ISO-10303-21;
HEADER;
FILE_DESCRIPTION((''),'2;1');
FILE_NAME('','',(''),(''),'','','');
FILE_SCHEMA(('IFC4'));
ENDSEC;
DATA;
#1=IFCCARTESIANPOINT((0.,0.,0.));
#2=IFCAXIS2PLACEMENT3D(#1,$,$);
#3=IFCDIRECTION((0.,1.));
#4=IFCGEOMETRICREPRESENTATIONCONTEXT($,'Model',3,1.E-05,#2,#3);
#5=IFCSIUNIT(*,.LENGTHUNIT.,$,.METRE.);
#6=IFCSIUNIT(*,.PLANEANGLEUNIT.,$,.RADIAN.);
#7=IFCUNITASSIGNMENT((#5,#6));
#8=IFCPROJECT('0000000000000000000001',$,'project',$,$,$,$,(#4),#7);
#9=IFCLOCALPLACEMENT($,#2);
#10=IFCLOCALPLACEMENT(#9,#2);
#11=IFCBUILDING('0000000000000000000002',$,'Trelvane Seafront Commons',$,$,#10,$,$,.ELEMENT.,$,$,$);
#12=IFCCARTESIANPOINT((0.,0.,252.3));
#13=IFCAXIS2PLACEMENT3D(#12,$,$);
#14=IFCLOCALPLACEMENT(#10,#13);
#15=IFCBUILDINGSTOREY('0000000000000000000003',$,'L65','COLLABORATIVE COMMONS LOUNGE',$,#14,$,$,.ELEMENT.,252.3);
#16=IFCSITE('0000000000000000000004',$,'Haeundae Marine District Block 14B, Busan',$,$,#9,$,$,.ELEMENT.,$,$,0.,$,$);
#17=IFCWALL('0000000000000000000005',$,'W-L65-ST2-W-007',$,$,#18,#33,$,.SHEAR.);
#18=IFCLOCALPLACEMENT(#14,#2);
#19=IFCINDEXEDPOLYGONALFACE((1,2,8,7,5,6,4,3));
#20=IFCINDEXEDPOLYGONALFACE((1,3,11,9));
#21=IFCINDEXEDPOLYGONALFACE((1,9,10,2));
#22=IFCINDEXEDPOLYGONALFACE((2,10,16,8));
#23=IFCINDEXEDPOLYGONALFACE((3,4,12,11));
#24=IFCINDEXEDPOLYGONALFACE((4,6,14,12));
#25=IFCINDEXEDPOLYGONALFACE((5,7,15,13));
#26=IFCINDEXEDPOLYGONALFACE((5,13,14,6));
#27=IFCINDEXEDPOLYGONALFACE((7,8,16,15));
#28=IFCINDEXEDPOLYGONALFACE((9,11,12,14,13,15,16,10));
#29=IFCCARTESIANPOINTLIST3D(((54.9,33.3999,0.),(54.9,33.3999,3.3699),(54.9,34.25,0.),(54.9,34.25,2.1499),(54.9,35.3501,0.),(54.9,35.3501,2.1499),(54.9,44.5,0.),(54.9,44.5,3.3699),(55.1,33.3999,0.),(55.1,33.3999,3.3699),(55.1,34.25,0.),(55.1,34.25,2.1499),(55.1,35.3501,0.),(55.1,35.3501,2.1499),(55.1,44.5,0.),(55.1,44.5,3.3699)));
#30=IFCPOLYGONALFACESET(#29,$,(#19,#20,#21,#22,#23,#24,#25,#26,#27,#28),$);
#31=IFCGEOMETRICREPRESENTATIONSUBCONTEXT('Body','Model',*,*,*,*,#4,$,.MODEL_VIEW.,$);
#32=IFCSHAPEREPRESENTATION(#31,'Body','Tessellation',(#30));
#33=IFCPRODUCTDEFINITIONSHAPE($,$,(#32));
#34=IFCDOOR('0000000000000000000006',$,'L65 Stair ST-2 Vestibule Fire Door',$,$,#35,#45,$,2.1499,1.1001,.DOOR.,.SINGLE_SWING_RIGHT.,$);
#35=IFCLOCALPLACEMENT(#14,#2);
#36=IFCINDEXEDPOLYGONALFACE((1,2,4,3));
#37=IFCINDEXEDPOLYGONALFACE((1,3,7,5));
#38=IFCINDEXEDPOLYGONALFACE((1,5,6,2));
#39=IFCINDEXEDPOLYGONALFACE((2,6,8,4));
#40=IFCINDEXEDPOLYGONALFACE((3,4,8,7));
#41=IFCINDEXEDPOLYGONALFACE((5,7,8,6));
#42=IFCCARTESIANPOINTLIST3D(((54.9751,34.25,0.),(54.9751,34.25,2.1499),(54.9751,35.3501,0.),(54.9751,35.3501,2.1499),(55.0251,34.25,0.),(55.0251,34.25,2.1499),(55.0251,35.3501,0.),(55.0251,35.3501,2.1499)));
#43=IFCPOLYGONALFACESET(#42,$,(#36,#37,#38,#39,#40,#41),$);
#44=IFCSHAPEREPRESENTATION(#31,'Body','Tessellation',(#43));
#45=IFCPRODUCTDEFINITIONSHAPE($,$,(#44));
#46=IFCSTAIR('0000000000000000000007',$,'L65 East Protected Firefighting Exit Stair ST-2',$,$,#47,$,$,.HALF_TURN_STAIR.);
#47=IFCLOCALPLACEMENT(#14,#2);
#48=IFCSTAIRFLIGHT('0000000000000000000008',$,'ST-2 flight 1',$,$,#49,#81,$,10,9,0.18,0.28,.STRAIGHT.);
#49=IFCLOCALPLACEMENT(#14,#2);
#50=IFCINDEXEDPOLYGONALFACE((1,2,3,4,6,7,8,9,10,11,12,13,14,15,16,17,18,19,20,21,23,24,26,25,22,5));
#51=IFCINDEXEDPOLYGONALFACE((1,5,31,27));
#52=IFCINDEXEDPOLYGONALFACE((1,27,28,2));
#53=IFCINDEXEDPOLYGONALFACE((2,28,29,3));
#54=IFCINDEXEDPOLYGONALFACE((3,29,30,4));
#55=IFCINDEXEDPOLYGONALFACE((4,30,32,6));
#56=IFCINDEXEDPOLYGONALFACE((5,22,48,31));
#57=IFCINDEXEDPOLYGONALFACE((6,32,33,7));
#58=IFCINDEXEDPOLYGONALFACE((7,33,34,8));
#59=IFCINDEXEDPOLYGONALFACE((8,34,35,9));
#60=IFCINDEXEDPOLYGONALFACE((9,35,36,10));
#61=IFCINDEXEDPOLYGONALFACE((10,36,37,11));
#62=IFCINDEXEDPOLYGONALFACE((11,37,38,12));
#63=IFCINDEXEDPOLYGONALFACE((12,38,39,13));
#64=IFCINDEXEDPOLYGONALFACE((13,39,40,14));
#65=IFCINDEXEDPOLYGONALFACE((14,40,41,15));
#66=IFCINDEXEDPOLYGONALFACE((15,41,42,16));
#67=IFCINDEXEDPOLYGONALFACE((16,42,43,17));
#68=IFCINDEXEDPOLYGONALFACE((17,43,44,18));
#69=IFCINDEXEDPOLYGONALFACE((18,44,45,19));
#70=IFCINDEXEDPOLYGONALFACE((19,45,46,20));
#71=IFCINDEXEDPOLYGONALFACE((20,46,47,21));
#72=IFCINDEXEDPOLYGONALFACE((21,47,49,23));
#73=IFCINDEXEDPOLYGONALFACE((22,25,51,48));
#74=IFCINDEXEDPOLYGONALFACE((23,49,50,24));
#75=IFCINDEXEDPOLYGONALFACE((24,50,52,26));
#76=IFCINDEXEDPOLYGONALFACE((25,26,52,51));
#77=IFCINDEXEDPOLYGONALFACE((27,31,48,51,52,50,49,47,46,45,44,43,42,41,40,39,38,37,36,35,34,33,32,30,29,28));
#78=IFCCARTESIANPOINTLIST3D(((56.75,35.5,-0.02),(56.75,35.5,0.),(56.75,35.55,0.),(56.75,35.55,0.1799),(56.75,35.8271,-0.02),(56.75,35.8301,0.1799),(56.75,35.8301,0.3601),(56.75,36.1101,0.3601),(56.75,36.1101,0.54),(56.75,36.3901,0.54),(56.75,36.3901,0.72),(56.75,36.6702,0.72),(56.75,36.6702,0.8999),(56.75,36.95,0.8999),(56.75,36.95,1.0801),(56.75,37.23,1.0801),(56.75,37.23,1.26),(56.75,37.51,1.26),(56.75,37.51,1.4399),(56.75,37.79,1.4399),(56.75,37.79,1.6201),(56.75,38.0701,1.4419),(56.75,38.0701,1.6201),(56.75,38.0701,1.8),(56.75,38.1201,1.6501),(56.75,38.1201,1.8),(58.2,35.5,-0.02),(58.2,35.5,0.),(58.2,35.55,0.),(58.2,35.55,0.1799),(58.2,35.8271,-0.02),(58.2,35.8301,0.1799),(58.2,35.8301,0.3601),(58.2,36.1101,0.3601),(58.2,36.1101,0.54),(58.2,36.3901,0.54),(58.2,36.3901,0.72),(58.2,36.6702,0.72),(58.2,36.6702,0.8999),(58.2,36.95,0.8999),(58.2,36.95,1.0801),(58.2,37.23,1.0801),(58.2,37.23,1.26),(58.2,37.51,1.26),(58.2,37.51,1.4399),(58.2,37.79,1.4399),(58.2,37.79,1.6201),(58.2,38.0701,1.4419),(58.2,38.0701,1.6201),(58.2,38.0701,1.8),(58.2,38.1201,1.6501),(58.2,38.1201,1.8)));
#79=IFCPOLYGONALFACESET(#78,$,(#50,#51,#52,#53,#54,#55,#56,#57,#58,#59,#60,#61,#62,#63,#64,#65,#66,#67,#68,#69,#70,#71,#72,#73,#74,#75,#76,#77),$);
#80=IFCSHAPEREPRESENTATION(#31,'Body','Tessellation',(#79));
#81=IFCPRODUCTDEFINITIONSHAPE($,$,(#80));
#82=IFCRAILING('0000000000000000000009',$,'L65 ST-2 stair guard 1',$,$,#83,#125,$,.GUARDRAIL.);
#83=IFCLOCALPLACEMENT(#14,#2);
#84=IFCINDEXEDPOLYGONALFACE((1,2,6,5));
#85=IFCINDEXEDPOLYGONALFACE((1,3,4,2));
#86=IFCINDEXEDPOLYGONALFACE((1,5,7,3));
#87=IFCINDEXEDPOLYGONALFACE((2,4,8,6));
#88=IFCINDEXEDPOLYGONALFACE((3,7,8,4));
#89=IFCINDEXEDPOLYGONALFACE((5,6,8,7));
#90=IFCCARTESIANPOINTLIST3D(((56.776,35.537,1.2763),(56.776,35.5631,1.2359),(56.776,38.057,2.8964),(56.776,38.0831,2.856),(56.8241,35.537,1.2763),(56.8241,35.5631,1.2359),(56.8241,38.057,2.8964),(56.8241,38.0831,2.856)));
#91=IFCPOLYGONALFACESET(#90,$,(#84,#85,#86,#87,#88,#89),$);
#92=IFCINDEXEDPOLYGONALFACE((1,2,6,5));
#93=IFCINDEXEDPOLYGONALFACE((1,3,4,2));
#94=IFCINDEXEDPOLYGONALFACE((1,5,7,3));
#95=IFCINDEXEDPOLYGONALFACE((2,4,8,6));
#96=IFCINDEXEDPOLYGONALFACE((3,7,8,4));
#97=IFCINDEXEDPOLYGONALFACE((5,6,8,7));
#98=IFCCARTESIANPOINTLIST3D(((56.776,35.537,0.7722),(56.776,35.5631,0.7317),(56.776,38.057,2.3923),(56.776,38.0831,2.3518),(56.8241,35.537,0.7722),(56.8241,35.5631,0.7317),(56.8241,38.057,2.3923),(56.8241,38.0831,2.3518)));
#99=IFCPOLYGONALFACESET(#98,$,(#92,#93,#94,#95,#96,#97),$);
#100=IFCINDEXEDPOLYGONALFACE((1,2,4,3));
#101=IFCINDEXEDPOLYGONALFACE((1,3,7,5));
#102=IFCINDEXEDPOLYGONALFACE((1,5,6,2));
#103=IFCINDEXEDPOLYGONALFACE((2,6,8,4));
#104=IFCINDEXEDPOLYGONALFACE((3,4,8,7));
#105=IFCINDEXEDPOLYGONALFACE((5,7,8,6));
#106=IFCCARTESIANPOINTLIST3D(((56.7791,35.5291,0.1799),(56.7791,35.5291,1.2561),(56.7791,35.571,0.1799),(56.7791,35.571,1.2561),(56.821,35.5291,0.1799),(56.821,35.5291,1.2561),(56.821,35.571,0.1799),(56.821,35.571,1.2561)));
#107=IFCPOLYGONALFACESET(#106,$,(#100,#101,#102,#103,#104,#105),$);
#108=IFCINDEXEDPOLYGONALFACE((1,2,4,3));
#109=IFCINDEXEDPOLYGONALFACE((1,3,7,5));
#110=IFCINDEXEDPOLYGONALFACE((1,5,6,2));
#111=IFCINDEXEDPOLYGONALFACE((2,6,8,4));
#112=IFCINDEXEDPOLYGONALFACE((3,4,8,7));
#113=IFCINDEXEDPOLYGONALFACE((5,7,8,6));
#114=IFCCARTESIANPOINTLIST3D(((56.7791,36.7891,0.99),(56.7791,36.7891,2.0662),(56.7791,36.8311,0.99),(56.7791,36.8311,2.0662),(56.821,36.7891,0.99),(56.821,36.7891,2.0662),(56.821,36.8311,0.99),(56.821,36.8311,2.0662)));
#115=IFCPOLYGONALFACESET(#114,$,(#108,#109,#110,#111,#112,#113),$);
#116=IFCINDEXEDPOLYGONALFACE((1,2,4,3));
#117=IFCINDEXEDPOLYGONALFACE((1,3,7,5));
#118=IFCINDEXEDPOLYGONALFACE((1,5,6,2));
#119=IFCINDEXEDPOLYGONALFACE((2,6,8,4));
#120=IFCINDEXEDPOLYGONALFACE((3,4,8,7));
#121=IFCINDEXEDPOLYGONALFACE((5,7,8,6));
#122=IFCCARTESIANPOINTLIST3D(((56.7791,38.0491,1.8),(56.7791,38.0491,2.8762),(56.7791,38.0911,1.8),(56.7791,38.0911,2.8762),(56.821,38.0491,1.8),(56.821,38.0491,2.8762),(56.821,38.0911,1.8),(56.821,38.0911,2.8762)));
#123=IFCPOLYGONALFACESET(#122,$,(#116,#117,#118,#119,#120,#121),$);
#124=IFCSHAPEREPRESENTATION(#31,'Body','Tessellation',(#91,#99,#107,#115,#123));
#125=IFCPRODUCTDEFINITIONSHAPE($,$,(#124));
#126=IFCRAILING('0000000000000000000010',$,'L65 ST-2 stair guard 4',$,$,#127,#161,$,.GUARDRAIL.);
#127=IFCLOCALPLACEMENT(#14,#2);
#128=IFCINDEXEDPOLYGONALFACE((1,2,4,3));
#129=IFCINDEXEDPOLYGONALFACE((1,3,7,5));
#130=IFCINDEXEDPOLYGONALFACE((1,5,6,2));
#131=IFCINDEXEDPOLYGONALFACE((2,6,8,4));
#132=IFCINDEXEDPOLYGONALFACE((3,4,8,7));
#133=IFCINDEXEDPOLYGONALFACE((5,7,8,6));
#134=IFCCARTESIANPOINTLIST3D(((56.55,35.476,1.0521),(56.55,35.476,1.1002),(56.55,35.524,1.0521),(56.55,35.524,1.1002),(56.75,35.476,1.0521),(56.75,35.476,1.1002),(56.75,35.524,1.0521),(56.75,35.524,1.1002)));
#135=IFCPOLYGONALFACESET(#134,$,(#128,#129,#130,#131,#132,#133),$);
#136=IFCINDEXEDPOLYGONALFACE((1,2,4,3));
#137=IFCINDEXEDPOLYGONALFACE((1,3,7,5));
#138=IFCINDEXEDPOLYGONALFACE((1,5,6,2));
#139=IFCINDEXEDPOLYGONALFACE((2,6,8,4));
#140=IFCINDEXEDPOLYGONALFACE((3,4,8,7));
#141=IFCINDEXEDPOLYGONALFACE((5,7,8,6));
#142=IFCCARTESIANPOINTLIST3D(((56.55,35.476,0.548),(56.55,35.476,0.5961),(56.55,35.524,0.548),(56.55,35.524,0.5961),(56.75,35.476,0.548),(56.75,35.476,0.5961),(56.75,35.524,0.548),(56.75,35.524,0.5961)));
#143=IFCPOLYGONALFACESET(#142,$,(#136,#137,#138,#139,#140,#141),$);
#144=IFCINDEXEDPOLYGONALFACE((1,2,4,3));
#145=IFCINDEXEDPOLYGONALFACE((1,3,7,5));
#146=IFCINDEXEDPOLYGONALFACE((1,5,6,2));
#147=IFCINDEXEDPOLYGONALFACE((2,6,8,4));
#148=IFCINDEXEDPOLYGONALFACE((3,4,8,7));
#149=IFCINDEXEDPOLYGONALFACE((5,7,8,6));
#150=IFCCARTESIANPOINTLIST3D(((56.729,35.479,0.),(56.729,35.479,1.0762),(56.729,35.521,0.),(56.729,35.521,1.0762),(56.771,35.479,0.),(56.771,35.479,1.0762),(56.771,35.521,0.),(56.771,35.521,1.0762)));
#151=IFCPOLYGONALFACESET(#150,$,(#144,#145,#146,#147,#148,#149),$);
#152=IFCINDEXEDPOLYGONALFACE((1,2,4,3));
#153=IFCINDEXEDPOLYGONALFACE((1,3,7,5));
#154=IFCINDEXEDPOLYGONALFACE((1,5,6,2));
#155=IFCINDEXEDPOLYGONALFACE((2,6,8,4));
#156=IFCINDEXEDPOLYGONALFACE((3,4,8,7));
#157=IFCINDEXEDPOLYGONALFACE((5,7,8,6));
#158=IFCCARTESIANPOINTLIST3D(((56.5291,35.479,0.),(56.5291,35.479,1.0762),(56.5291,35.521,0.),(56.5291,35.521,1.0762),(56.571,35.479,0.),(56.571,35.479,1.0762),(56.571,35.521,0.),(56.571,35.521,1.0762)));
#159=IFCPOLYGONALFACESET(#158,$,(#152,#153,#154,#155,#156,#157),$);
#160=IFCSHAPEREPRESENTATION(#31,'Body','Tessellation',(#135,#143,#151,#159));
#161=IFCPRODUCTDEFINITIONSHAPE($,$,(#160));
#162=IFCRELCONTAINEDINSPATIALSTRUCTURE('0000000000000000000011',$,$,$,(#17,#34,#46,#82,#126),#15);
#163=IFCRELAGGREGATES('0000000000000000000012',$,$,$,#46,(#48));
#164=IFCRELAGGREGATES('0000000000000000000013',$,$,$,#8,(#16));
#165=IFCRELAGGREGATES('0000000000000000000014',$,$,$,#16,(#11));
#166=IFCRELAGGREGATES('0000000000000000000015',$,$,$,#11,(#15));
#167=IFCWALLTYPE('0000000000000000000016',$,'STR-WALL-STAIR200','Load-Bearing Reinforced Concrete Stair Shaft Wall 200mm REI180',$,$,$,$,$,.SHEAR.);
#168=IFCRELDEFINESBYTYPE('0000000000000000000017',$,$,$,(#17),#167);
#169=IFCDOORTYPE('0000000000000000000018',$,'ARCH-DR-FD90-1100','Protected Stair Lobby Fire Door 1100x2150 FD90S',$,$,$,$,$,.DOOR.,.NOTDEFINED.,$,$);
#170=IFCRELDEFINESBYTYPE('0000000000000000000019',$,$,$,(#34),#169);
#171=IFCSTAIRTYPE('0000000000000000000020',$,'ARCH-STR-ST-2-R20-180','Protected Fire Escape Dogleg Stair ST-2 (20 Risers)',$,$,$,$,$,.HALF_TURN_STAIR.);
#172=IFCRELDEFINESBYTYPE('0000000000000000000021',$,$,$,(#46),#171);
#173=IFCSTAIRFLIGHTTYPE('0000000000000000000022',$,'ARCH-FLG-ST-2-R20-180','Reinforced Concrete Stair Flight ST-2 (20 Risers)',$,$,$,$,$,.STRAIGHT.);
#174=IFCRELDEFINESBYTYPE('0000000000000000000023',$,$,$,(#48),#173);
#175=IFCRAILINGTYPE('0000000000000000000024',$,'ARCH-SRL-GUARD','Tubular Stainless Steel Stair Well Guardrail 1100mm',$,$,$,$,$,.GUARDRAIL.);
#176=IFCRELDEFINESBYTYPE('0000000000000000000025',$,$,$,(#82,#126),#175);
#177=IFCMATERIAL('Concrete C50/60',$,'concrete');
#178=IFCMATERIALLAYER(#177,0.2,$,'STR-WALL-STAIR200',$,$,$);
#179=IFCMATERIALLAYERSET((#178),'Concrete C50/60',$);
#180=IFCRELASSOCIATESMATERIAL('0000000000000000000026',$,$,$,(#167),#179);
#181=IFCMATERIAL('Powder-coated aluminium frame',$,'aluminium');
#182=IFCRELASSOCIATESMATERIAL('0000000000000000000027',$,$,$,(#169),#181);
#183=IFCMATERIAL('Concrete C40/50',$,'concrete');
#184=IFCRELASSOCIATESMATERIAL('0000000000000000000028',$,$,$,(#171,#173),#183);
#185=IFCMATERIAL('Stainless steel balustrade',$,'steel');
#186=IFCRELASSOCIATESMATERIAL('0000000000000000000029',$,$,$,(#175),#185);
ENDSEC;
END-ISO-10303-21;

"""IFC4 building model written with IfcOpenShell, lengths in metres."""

from ifc_helpers import new_model, si_unit, direction, frame, frame_2d, origin, origin_2d, place, context, subcontext, project, spatial, polyline, rectangle, outline, extrude, source, transform, mapped, material, layer, layer_set, type_object, element, fill, aggregate, save


model = new_model("IFC4")

# Units and contexts
model_context = context("Model", 3, precision=1e-05, world=origin(), true_north=direction((0.0, 1.0)))
body_context = subcontext(model_context, "Body", "Model", "MODEL_VIEW")
ifc_project = project(units=[si_unit("LENGTHUNIT", "METRE"), si_unit("PLANEANGLEUNIT", "RADIAN")], contexts=[model_context])

# Site, building, storey
site_placement = place(None, origin())
site = spatial("IfcSite", under=ifc_project, at=site_placement, Name="Haeundae Marine District Block 14B, Busan", CompositionType="ELEMENT", RefElevation=0.0)
building_placement = place(site_placement, origin())
building = spatial("IfcBuilding", under=site, at=building_placement, Name="Trelvane Seafront Commons", CompositionType="ELEMENT")
storey_placement = place(building_placement, frame((0.0, 0.0, 252.3)))
storey = spatial("IfcBuildingStorey", under=building, at=storey_placement, Name="L65", Description="COLLABORATIVE COMMONS LOUNGE", CompositionType="ELEMENT", Elevation=252.3)

# Shared definitions
ifc_material_1 = material(Name="Concrete C50/60", Category="concrete")

# Shared definitions
ifc_material_2 = material(Name="Powder-coated aluminium frame", Category="aluminium")

# Wall, opening, door
ifc_layer_1 = layer(ifc_material_1, 0.2, Name="STR-WALL-STAIR200")
ifc_layer_set_1 = layer_set([ifc_layer_1], Name="Concrete C50/60")
wall_type_1 = type_object("IfcWallType", Name="STR-WALL-STAIR200", Description="Load-Bearing Reinforced Concrete Stair Shaft Wall 200mm REI180", PredefinedType="SHEAR", material=ifc_layer_set_1)
wall_1_placement = place(storey_placement, frame((55.0, 33.3999, 0.0), z_axis=(0.0, 0.0, 1.0), x_axis=(0.0, 1.0, 0.0)))
wall_1 = element("IfcWall", 1, at=wall_1_placement, inside=storey, type_object=wall_type_1, Name="W-L65-ST2-W-007", PredefinedType="SHEAR", context=body_context, shape_type="SweptSolid", body=[
    extrude(rectangle(XDim=11.1001, YDim=0.2, at=frame_2d((5.55, 0.0))), origin(), (0.0, 0.0, 1.0), 3.3699),
])
opening_1_placement = place(wall_1_placement, frame((0.8501, 0.0, 0.0)))
opening_1 = element("IfcOpeningElement", 2, at=opening_1_placement, cuts=wall_1, PredefinedType="OPENING", context=body_context, shape_type="SweptSolid", body=[
    extrude(rectangle(XDim=1.1001, YDim=2.1499, at=frame_2d((0.55, 1.075))), frame((0.0, 0.1099, 0.0), z_axis=(0.0, -1.0, 0.0), x_axis=(1.0, 0.0, 0.0)), (0.0, 0.0, 1.0), 0.22),
])
door_type_1 = type_object("IfcDoorType", Name="ARCH-DR-FD90-1100", Description="Protected Stair Lobby Fire Door 1100x2150 FD90S", OperationType="NOTDEFINED", PredefinedType="DOOR", material=ifc_material_2)
shared_shape_1 = source(origin(), body_context, "Body", "SweptSolid", [
    extrude(rectangle(XDim=1.1001, YDim=2.1499, at=frame_2d((0.55, 1.075))), frame((0.0, 0.0249, 0.0), z_axis=(0.0, -1.0, 0.0), x_axis=(1.0, 0.0, 0.0)), (0.0, 0.0, 1.0), 0.05),
])
door_1_placement = place(opening_1_placement, origin())
door_1 = element("IfcDoor", 3, at=door_1_placement, inside=storey, type_object=door_type_1, Name="L65 Stair ST-2 Vestibule Fire Door", OperationType="SINGLE_SWING_RIGHT", OverallHeight=2.1499, OverallWidth=1.1001, PredefinedType="DOOR", context=body_context, shape_type="MappedRepresentation", body=[
    mapped(shared_shape_1, transform((0.0, 0.0, 0.0), x_axis=(1.0, 0.0, 0.0), y_axis=(0.0, 1.0, 0.0), z_axis=(0.0, 0.0, 1.0), scale=1.0)),
])
fill(opening_1, door_1)

# Stair, stair flight
ifc_material_3 = material(Name="Concrete C40/50", Category="concrete")
stair_type = type_object("IfcStairType", Name="ARCH-STR-ST-2-R20-180", Description="Protected Fire Escape Dogleg Stair ST-2 (20 Risers)", PredefinedType="HALF_TURN_STAIR", material=ifc_material_3)
stair_placement = place(storey_placement, origin())
stair = element("IfcStair", 4, at=stair_placement, inside=storey, type_object=stair_type, Name="L65 East Protected Firefighting Exit Stair ST-2", PredefinedType="HALF_TURN_STAIR")
stair_flight_type = type_object("IfcStairFlightType", Name="ARCH-FLG-ST-2-R20-180", Description="Reinforced Concrete Stair Flight ST-2 (20 Risers)", PredefinedType="STRAIGHT", material=ifc_material_3)
shared_shape_2 = source(origin(), body_context, "Body", "SweptSolid", [
    extrude(outline(polyline([(-0.05, -0.02), (-0.05, 0.0), (0.0, 0.0), (0.0, 0.1799), (0.28, 0.1799), (0.28, 0.3601), (0.5601, 0.3601), (0.5601, 0.54), (0.8401, 0.54), (0.8401, 0.72), (1.1201, 0.72), (1.1201, 0.8999), (1.3999, 0.8999), (1.3999, 1.0801), (1.6799, 1.0801), (1.6799, 1.26), (1.96, 1.26), (1.96, 1.4399), (2.24, 1.4399), (2.24, 1.6201), (2.52, 1.6201), (2.52, 1.8), (2.5701, 1.8), (2.5701, 1.6501), (2.52, 1.4419), (0.2771, -0.02), (-0.05, -0.02)])), frame((0.0, 0.7251, 0.0), z_axis=(0.0, -1.0, 0.0), x_axis=(1.0, 0.0, 0.0)), (0.0, 0.0, 1.0), 1.45),
])
stair_flight_placement = place(storey_placement, frame((57.4751, 35.55, 0.0), z_axis=(0.0, 0.0, 1.0), x_axis=(0.0, 1.0, 0.0)))
stair_flight = element("IfcStairFlight", 5, at=stair_flight_placement, type_object=stair_flight_type, Name="ST-2 flight 1", NumberOfRisers=10, NumberOfTreads=9, PredefinedType="STRAIGHT", RiserHeight=0.18, TreadLength=0.28, context=body_context, shape_type="MappedRepresentation", body=[
    mapped(shared_shape_2, transform((0.0, 0.0, 0.0), x_axis=(1.0, 0.0, 0.0), y_axis=(0.0, 1.0, 0.0), z_axis=(0.0, 0.0, 1.0), scale=1.0)),
])
aggregate(stair, [stair_flight])

# Railings
ifc_material_4 = material(Name="Stainless steel balustrade", Category="steel")
railing_type_1 = type_object("IfcRailingType", Name="ARCH-SRL-GUARD", Description="Tubular Stainless Steel Stair Well Guardrail 1100mm", PredefinedType="GUARDRAIL", material=ifc_material_4)
railing_1_placement = place(storey_placement, frame((56.8, 35.55, 0.1799)))
element("IfcRailing", 6, at=railing_1_placement, inside=storey, type_object=railing_type_1, Name="L65 ST-2 stair guard 1", PredefinedType="GUARDRAIL", context=body_context, shape_type="SweptSolid", body=[
    extrude(rectangle(XDim=0.0481, YDim=0.0481, at=origin_2d()), frame((0.0, 0.0, 1.0762), z_axis=(0.0, 0.841163, 0.540782), x_axis=(-1.0, 0.0, 0.0)), (0.0, 0.0, 1.0), 2.9958),
    extrude(rectangle(XDim=0.0481, YDim=0.0481, at=origin_2d()), frame((0.0, 0.0, 0.572), z_axis=(0.0, 0.841163, 0.540782), x_axis=(-1.0, 0.0, 0.0)), (0.0, 0.0, 1.0), 2.9958),
    extrude(rectangle(XDim=0.042, YDim=0.042, at=origin_2d()), origin(), (0.0, 0.0, 1.0), 1.0762),
    extrude(rectangle(XDim=0.042, YDim=0.042, at=origin_2d()), frame((0.0, 1.26, 0.8101)), (0.0, 0.0, 1.0), 1.0762),
    extrude(rectangle(XDim=0.042, YDim=0.042, at=origin_2d()), frame((0.0, 2.52, 1.6201)), (0.0, 0.0, 1.0), 1.0762),
])
railing_2_placement = place(storey_placement, frame((56.75, 35.5, 0.0)))
element("IfcRailing", 7, at=railing_2_placement, inside=storey, type_object=railing_type_1, Name="L65 ST-2 stair guard 4", PredefinedType="GUARDRAIL", context=body_context, shape_type="SweptSolid", body=[
    extrude(rectangle(XDim=0.0481, YDim=0.0481, at=origin_2d()), frame((0.0, 0.0, 1.0762), z_axis=(-1.0, 0.0, 0.0), x_axis=(0.0, -1.0, 0.0)), (0.0, 0.0, 1.0), 0.2),
    extrude(rectangle(XDim=0.0481, YDim=0.0481, at=origin_2d()), frame((0.0, 0.0, 0.572), z_axis=(-1.0, 0.0, 0.0), x_axis=(0.0, -1.0, 0.0)), (0.0, 0.0, 1.0), 0.2),
    extrude(rectangle(XDim=0.042, YDim=0.042, at=origin_2d()), origin(), (0.0, 0.0, 1.0), 1.0762),
    extrude(rectangle(XDim=0.042, YDim=0.042, at=origin_2d()), frame((-0.2, 0.0, 0.0)), (0.0, 0.0, 1.0), 1.0762),
])

save(model, "model.ifc")
